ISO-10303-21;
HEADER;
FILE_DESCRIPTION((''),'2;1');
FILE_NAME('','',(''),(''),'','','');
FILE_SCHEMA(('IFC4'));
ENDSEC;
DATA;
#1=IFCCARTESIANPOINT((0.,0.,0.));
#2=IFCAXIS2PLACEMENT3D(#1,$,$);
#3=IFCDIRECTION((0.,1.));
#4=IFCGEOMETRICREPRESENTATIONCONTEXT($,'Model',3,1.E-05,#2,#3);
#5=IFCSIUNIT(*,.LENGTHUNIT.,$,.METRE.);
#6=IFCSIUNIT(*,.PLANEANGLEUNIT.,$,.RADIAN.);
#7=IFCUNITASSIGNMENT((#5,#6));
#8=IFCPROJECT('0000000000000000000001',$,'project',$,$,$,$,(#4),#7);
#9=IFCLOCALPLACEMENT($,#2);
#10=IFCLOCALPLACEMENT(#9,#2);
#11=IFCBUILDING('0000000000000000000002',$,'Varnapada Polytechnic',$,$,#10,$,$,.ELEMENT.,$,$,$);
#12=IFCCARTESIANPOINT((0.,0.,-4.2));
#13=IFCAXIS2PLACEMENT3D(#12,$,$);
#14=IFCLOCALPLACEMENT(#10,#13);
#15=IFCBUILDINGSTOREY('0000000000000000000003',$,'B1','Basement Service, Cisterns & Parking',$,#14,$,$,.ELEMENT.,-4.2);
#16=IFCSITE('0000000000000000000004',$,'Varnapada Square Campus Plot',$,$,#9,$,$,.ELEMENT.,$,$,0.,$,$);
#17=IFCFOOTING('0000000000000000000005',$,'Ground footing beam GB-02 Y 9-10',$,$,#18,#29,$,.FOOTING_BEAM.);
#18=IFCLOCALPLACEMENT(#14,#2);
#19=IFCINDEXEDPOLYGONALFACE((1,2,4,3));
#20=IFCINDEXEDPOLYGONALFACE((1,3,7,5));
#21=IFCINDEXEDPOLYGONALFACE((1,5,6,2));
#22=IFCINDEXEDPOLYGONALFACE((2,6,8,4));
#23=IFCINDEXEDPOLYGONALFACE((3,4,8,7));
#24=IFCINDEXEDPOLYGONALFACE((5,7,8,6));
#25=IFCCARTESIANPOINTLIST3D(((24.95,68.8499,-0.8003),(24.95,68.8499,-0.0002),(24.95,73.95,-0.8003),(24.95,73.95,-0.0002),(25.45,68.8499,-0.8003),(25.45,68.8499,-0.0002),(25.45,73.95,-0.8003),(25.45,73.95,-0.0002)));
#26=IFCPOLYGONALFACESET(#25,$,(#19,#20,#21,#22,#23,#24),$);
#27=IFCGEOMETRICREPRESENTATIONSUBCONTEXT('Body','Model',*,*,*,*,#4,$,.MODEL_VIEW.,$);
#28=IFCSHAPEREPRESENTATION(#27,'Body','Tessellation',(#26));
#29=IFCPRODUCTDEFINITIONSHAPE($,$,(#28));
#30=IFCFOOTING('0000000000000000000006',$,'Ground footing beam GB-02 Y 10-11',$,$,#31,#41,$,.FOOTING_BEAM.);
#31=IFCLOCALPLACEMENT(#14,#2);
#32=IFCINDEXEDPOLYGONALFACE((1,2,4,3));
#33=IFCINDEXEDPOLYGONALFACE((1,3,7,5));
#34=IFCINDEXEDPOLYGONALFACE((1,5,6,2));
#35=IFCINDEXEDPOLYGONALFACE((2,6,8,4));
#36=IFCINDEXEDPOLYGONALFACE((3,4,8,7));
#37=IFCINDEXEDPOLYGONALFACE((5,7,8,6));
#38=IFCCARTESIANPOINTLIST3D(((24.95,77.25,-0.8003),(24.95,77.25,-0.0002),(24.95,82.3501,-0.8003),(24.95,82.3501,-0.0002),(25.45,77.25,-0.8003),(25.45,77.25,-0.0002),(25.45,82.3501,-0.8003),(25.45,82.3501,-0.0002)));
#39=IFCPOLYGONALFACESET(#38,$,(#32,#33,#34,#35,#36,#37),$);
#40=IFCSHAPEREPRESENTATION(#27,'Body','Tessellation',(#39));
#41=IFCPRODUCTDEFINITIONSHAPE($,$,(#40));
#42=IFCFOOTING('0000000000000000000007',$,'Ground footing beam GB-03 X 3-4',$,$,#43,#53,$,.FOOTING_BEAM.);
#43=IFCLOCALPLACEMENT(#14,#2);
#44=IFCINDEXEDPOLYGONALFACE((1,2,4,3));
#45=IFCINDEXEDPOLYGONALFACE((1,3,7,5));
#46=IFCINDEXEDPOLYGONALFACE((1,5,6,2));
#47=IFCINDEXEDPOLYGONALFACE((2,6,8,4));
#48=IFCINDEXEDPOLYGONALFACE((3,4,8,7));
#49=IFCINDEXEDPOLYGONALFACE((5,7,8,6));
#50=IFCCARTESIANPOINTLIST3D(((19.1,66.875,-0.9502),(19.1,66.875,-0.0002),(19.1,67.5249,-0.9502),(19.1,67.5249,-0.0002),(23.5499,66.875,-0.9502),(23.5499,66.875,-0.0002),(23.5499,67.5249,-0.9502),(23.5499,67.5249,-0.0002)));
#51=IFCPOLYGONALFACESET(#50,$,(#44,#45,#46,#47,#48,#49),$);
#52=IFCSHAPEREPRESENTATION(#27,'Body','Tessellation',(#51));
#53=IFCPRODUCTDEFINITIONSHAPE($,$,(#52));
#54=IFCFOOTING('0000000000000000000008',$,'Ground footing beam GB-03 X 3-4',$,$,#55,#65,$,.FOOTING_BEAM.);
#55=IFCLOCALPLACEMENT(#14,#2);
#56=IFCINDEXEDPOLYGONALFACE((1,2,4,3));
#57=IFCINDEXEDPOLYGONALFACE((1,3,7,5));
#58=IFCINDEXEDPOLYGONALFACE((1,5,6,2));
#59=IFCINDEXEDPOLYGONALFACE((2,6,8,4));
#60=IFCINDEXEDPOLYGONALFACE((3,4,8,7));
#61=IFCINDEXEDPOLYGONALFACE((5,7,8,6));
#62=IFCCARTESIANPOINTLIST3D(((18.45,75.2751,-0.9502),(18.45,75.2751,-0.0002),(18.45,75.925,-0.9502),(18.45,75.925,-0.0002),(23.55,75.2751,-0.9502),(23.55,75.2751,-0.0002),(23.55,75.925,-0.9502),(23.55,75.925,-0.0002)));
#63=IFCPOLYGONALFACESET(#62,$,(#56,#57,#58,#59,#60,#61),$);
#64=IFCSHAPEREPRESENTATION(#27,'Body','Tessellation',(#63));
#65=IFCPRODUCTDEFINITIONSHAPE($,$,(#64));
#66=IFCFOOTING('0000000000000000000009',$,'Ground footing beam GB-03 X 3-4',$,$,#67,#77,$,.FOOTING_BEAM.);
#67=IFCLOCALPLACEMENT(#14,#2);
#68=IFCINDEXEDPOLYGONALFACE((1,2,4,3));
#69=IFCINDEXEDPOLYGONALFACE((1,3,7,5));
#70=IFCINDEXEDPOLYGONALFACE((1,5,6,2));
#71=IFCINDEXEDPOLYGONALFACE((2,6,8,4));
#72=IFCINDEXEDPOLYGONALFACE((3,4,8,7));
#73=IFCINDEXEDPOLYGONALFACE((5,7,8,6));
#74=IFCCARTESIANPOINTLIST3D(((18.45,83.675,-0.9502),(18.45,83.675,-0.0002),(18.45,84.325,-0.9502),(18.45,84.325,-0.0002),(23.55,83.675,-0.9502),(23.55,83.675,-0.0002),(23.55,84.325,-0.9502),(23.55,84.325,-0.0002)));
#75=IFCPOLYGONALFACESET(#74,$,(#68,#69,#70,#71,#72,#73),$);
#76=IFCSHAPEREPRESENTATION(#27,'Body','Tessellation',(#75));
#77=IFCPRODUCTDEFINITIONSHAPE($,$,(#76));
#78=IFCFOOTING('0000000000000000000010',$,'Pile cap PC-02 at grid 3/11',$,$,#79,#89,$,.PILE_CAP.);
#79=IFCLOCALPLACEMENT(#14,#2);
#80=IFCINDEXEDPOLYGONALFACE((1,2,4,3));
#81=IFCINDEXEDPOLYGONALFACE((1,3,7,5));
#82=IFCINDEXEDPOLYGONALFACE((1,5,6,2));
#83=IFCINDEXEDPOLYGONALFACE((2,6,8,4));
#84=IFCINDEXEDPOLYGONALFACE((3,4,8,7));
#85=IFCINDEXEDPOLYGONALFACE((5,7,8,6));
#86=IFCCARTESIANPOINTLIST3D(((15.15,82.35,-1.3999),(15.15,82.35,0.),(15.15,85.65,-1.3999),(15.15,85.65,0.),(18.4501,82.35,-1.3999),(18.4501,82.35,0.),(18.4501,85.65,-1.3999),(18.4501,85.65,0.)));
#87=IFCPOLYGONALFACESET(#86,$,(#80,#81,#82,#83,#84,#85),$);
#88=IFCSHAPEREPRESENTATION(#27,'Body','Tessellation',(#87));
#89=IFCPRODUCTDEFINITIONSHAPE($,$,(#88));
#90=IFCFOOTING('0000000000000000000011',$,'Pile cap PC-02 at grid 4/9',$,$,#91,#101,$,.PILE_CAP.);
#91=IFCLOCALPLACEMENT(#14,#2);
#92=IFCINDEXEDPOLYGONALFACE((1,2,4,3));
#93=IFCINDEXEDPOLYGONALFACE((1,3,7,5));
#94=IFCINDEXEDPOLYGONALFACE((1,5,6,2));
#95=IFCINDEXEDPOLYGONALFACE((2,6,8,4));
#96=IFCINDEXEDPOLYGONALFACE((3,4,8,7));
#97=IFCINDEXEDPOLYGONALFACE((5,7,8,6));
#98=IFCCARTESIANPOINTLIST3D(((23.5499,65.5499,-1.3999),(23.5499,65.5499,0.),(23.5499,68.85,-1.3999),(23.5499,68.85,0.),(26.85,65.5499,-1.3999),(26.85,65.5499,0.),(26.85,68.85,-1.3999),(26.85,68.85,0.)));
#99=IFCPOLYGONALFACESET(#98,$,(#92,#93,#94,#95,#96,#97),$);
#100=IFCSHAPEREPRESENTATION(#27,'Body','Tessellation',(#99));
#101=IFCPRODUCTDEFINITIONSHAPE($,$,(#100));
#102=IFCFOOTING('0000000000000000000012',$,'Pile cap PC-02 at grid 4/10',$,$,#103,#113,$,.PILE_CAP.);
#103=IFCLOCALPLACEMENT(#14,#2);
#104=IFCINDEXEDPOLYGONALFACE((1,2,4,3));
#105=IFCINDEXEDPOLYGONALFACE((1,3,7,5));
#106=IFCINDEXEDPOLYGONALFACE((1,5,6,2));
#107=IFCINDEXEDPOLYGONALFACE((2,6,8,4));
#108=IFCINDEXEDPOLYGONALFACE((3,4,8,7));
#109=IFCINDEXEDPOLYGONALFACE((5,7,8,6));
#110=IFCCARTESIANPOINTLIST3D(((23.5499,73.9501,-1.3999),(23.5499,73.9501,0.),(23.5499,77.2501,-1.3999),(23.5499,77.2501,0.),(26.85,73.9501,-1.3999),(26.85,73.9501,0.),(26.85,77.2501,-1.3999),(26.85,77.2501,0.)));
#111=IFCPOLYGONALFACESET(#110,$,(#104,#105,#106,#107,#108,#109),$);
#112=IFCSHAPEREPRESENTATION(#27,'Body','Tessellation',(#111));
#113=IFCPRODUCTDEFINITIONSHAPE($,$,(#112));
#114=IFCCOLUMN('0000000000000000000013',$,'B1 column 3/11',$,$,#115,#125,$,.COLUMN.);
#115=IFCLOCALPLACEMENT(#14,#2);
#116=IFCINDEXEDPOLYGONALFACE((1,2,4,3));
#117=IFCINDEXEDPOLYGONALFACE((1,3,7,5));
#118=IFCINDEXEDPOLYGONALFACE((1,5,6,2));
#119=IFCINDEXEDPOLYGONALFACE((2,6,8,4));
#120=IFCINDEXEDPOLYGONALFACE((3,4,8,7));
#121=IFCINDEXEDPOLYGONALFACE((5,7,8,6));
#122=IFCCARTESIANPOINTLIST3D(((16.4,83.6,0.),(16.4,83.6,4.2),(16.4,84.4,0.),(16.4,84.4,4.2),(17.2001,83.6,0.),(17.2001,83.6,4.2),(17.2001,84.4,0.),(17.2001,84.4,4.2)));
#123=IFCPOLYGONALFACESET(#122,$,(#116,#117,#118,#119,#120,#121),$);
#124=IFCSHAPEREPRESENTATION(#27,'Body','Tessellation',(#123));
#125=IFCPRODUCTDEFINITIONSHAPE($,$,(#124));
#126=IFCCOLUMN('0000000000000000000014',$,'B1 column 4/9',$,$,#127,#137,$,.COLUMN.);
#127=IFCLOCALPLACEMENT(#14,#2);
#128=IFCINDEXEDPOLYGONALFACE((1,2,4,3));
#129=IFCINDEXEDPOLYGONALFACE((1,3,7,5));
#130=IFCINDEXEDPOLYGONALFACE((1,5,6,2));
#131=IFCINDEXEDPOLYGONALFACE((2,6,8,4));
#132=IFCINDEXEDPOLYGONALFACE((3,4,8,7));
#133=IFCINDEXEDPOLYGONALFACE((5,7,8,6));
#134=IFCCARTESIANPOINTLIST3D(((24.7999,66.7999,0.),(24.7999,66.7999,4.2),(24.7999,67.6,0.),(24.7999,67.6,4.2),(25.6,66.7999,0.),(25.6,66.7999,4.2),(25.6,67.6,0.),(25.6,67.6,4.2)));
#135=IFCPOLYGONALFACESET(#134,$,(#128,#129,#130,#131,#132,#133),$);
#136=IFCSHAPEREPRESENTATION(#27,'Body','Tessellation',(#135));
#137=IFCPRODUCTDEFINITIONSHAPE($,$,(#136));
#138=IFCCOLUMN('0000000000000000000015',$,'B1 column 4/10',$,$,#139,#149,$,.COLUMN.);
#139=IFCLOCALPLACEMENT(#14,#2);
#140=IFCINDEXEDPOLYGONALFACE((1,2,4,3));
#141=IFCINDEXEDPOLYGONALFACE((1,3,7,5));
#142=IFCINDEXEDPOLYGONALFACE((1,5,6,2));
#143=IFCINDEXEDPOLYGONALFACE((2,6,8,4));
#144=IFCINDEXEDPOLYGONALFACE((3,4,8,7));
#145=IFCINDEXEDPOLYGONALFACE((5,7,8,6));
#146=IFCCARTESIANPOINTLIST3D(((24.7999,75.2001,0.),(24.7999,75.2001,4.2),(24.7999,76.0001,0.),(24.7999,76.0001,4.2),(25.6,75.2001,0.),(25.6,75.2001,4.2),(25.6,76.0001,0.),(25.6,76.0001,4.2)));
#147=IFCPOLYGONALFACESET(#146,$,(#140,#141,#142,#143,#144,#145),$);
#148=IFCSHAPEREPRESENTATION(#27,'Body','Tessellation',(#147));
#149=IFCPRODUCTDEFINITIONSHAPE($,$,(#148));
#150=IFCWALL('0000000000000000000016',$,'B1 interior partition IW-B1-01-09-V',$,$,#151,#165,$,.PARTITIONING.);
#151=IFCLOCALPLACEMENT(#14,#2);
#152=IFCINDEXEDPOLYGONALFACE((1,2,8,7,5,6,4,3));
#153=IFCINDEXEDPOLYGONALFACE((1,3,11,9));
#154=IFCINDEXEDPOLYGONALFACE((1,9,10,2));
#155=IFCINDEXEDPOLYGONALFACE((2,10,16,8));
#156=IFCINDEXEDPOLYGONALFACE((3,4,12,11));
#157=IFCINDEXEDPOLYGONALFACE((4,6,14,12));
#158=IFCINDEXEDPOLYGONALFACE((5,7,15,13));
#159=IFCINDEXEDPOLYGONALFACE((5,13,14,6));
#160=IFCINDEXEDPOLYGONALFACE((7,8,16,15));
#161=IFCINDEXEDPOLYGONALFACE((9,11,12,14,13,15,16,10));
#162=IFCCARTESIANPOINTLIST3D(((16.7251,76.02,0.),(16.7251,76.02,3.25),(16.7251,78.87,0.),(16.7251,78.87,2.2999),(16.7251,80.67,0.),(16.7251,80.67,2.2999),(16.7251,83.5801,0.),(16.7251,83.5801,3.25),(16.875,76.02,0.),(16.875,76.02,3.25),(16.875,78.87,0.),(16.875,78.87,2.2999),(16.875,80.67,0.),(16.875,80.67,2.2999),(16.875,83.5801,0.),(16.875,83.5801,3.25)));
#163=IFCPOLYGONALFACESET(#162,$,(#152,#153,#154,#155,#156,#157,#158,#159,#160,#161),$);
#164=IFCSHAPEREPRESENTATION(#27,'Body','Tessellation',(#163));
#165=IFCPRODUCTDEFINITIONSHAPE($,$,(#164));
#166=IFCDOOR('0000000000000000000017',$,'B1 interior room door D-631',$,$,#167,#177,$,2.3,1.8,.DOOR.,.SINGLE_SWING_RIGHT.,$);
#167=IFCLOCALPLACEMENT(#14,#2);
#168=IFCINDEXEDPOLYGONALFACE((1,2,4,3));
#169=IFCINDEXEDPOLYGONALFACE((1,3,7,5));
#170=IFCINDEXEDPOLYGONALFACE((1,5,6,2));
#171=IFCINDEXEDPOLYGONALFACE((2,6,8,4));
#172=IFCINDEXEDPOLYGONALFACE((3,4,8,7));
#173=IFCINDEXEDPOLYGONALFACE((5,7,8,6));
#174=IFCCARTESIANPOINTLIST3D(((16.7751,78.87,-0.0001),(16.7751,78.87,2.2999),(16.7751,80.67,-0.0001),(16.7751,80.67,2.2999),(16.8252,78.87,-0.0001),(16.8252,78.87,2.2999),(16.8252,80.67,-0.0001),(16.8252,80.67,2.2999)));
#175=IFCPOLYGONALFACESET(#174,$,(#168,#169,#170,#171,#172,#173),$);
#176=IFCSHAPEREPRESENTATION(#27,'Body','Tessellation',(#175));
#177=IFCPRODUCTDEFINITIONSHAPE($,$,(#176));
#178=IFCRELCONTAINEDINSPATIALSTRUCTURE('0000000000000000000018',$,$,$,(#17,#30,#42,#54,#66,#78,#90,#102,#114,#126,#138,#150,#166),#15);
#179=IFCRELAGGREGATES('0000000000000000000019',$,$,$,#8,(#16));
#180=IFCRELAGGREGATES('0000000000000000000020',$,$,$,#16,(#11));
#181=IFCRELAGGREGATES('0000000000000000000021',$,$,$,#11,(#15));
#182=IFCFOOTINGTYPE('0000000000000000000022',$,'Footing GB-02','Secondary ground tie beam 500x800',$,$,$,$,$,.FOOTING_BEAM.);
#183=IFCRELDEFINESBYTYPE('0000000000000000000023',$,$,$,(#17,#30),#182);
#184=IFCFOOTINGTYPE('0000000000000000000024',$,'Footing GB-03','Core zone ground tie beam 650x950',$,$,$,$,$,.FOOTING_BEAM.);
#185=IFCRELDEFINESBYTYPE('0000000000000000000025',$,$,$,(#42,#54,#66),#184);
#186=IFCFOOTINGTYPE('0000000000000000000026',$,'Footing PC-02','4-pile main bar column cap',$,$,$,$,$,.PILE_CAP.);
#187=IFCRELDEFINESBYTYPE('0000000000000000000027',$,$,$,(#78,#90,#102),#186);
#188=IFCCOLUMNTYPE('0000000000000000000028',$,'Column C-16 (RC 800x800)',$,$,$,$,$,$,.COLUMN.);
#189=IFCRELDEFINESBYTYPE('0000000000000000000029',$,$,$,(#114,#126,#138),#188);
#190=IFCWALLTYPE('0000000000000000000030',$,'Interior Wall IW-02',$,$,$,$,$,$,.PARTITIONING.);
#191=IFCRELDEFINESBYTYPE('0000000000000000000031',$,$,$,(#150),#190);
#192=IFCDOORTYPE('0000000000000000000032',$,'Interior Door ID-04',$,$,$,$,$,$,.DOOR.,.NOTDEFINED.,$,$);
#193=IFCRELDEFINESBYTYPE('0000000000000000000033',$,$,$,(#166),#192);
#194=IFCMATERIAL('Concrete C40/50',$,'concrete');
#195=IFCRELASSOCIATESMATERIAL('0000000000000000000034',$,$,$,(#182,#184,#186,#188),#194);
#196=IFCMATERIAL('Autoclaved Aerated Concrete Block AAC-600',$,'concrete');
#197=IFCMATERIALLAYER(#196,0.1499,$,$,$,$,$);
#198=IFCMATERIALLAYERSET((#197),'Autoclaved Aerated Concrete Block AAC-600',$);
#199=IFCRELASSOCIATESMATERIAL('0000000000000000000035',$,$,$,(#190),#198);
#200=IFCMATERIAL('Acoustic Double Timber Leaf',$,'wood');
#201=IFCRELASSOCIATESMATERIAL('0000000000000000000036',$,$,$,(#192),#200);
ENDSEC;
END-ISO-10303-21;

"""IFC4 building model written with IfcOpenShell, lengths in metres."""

from ifc_helpers import new_model, si_unit, direction, frame, frame_2d, origin, origin_2d, place, context, subcontext, project, spatial, rectangle, extrude, material, layer, layer_set, material_profile, profile_set, type_object, element, fill, save


model = new_model("IFC4")

# Units and contexts
model_context = context("Model", 3, precision=1e-05, world=origin(), true_north=direction((0.0, 1.0)))
body_context = subcontext(model_context, "Body", "Model", "MODEL_VIEW")
ifc_project = project(units=[si_unit("LENGTHUNIT", "METRE"), si_unit("PLANEANGLEUNIT", "RADIAN")], contexts=[model_context])

# Site, building, storey
site_placement = place(None, origin())
site = spatial("IfcSite", under=ifc_project, at=site_placement, Name="Varnapada Square Campus Plot", CompositionType="ELEMENT", RefElevation=0.0)
building_placement = place(site_placement, origin())
building = spatial("IfcBuilding", under=site, at=building_placement, Name="Varnapada Polytechnic", CompositionType="ELEMENT")
storey_placement = place(building_placement, frame((0.0, 0.0, -4.2)))
storey = spatial("IfcBuildingStorey", under=building, at=storey_placement, Name="B1", Description="Basement Service, Cisterns & Parking", CompositionType="ELEMENT", Elevation=-4.2)

# Shared definitions
ifc_material_1 = material(Name="Concrete C40/50", Category="concrete")

# Footings
footing_type_1 = type_object("IfcFootingType", Name="Footing GB-02", Description="Secondary ground tie beam 500x800", PredefinedType="FOOTING_BEAM", material=ifc_material_1)
for number, where, z_axis, x_axis, name in (
    (1, (25.2, 71.3999, -0.8003), (0.0, 0.0, 1.0), (0.0, 1.0, 0.0), "Ground footing beam GB-02 Y 9-10"),
    (2, (25.2, 79.8, -0.8003), (0.0, 0.0, 1.0), (0.0, 1.0, 0.0), "Ground footing beam GB-02 Y 10-11"),
):
    element("IfcFooting", number, at=place(storey_placement, frame(where, z_axis=z_axis, x_axis=x_axis)), inside=storey, type_object=footing_type_1, Name=name, PredefinedType="FOOTING_BEAM", context=body_context, shape_type="SweptSolid", body=[
        extrude(rectangle(XDim=5.1001, YDim=0.5, at=origin_2d()), origin(), (0.0, 0.0, 1.0), 0.8),
    ])
footing_type_2 = type_object("IfcFootingType", Name="Footing GB-03", Description="Core zone ground tie beam 650x950", PredefinedType="FOOTING_BEAM", material=ifc_material_1)
footing_placement = place(storey_placement, frame((21.325, 67.2, -0.9502), z_axis=(0.0, 0.0, 1.0), x_axis=(1.0, 0.0, 0.0)))
element("IfcFooting", 3, at=footing_placement, inside=storey, type_object=footing_type_2, Name="Ground footing beam GB-03 X 3-4", PredefinedType="FOOTING_BEAM", context=body_context, shape_type="SweptSolid", body=[
    extrude(rectangle(XDim=4.45, YDim=0.6499, at=origin_2d()), origin(), (0.0, 0.0, 1.0), 0.95),
])
for number, where, z_axis, x_axis, name in (
    (4, (21.0, 75.6001, -0.9502), (0.0, 0.0, 1.0), (1.0, 0.0, 0.0), "Ground footing beam GB-03 X 3-4"),
    (5, (21.0, 84.0, -0.9502), (0.0, 0.0, 1.0), (1.0, 0.0, 0.0), "Ground footing beam GB-03 X 3-4"),
):
    element("IfcFooting", number, at=place(storey_placement, frame(where, z_axis=z_axis, x_axis=x_axis)), inside=storey, type_object=footing_type_2, Name=name, PredefinedType="FOOTING_BEAM", context=body_context, shape_type="SweptSolid", body=[
        extrude(rectangle(XDim=5.1001, YDim=0.6499, at=origin_2d()), origin(), (0.0, 0.0, 1.0), 0.95),
    ])
footing_type_3 = type_object("IfcFootingType", Name="Footing PC-02", Description="4-pile main bar column cap", PredefinedType="PILE_CAP", material=ifc_material_1)
for number, where, z_axis, x_axis, name in (
    (6, (16.8, 84.0, -1.3999), (0.0, 0.0, 1.0), (1.0, 0.0, 0.0), "Pile cap PC-02 at grid 3/11"),
    (7, (25.2, 67.2, -1.3999), (0.0, 0.0, 1.0), (1.0, 0.0, 0.0), "Pile cap PC-02 at grid 4/9"),
    (8, (25.2, 75.6001, -1.3999), (0.0, 0.0, 1.0), (1.0, 0.0, 0.0), "Pile cap PC-02 at grid 4/10"),
):
    element("IfcFooting", number, at=place(storey_placement, frame(where, z_axis=z_axis, x_axis=x_axis)), inside=storey, type_object=footing_type_3, Name=name, PredefinedType="PILE_CAP", context=body_context, shape_type="SweptSolid", body=[
        extrude(rectangle(XDim=3.3, YDim=3.3, at=origin_2d()), origin(), (0.0, 0.0, 1.0), 1.3999),
    ])

# Columns
ifc_material_profile_1 = material_profile(ifc_material_1, rectangle(XDim=0.8, YDim=0.8, at=origin_2d()), Name="RC 800x800")
ifc_profile_set_1 = profile_set([ifc_material_profile_1], Name="Concrete C40/50")
column_type = type_object("IfcColumnType", Name="Column C-16 (RC 800x800)", PredefinedType="COLUMN", material=ifc_profile_set_1)
for number, where, z_axis, x_axis, name in (
    (9, (16.8, 84.0, 0.0), (0.0, 0.0, 1.0), (1.0, 0.0, 0.0), "B1 column 3/11"),
    (10, (25.2, 67.2, 0.0), (0.0, 0.0, 1.0), (1.0, 0.0, 0.0), "B1 column 4/9"),
    (11, (25.2, 75.6001, 0.0), (0.0, 0.0, 1.0), (1.0, 0.0, 0.0), "B1 column 4/10"),
):
    element("IfcColumn", number, at=place(storey_placement, frame(where, z_axis=z_axis, x_axis=x_axis)), inside=storey, type_object=column_type, Name=name, PredefinedType="COLUMN", context=body_context, shape_type="SweptSolid", body=[
        extrude(rectangle(XDim=0.8, YDim=0.8, at=origin_2d()), origin(), (0.0, 0.0, 1.0), 4.2),
    ])

# Wall, opening, door
ifc_material_2 = material(Name="Autoclaved Aerated Concrete Block AAC-600", Category="concrete")
ifc_layer_1 = layer(ifc_material_2, 0.1499)
ifc_layer_set_1 = layer_set([ifc_layer_1], Name="Autoclaved Aerated Concrete Block AAC-600")
wall_type_1 = type_object("IfcWallType", Name="Interior Wall IW-02", PredefinedType="PARTITIONING", material=ifc_layer_set_1)
wall_1_placement = place(storey_placement, frame((16.8, 76.02, 0.0), z_axis=(0.0, 0.0, 1.0), x_axis=(0.0, 1.0, 0.0)))
wall_1 = element("IfcWall", 12, at=wall_1_placement, inside=storey, type_object=wall_type_1, Name="B1 interior partition IW-B1-01-09-V", PredefinedType="PARTITIONING", context=body_context, shape_type="SweptSolid", body=[
    extrude(rectangle(XDim=7.5601, YDim=0.1499, at=frame_2d((3.78, 0.0))), origin(), (0.0, 0.0, 1.0), 3.25),
])
opening_1_placement = place(wall_1_placement, frame((2.8501, 0.0, 0.0)))
opening_1 = element("IfcOpeningElement", 13, at=opening_1_placement, cuts=wall_1, PredefinedType="OPENING", context=body_context, shape_type="SweptSolid", body=[
    extrude(rectangle(XDim=1.8, YDim=2.3, at=frame_2d((0.8999, 1.1499))), frame((0.0, 0.085, 0.0), z_axis=(0.0, -1.0, 0.0), x_axis=(1.0, 0.0, 0.0)), (0.0, 0.0, 1.0), 0.1699),
])
ifc_material_3 = material(Name="Acoustic Double Timber Leaf", Category="wood")
door_type_1 = type_object("IfcDoorType", Name="Interior Door ID-04", OperationType="NOTDEFINED", PredefinedType="DOOR", material=ifc_material_3)
door_1_placement = place(opening_1_placement, origin())
door_1 = element("IfcDoor", 14, at=door_1_placement, inside=storey, type_object=door_type_1, Name="B1 interior room door D-631", OperationType="SINGLE_SWING_RIGHT", OverallHeight=2.3, OverallWidth=1.8, PredefinedType="DOOR", context=body_context, shape_type="SweptSolid", body=[
    extrude(rectangle(XDim=1.8, YDim=2.3, at=frame_2d((0.8999, 1.1499))), frame((0.0, 0.0249, 0.0), z_axis=(0.0, -1.0, 0.0), x_axis=(1.0, 0.0, 0.0)), (0.0, 0.0, 1.0), 0.05),
])
fill(opening_1, door_1)

save(model, "model.ifc")
